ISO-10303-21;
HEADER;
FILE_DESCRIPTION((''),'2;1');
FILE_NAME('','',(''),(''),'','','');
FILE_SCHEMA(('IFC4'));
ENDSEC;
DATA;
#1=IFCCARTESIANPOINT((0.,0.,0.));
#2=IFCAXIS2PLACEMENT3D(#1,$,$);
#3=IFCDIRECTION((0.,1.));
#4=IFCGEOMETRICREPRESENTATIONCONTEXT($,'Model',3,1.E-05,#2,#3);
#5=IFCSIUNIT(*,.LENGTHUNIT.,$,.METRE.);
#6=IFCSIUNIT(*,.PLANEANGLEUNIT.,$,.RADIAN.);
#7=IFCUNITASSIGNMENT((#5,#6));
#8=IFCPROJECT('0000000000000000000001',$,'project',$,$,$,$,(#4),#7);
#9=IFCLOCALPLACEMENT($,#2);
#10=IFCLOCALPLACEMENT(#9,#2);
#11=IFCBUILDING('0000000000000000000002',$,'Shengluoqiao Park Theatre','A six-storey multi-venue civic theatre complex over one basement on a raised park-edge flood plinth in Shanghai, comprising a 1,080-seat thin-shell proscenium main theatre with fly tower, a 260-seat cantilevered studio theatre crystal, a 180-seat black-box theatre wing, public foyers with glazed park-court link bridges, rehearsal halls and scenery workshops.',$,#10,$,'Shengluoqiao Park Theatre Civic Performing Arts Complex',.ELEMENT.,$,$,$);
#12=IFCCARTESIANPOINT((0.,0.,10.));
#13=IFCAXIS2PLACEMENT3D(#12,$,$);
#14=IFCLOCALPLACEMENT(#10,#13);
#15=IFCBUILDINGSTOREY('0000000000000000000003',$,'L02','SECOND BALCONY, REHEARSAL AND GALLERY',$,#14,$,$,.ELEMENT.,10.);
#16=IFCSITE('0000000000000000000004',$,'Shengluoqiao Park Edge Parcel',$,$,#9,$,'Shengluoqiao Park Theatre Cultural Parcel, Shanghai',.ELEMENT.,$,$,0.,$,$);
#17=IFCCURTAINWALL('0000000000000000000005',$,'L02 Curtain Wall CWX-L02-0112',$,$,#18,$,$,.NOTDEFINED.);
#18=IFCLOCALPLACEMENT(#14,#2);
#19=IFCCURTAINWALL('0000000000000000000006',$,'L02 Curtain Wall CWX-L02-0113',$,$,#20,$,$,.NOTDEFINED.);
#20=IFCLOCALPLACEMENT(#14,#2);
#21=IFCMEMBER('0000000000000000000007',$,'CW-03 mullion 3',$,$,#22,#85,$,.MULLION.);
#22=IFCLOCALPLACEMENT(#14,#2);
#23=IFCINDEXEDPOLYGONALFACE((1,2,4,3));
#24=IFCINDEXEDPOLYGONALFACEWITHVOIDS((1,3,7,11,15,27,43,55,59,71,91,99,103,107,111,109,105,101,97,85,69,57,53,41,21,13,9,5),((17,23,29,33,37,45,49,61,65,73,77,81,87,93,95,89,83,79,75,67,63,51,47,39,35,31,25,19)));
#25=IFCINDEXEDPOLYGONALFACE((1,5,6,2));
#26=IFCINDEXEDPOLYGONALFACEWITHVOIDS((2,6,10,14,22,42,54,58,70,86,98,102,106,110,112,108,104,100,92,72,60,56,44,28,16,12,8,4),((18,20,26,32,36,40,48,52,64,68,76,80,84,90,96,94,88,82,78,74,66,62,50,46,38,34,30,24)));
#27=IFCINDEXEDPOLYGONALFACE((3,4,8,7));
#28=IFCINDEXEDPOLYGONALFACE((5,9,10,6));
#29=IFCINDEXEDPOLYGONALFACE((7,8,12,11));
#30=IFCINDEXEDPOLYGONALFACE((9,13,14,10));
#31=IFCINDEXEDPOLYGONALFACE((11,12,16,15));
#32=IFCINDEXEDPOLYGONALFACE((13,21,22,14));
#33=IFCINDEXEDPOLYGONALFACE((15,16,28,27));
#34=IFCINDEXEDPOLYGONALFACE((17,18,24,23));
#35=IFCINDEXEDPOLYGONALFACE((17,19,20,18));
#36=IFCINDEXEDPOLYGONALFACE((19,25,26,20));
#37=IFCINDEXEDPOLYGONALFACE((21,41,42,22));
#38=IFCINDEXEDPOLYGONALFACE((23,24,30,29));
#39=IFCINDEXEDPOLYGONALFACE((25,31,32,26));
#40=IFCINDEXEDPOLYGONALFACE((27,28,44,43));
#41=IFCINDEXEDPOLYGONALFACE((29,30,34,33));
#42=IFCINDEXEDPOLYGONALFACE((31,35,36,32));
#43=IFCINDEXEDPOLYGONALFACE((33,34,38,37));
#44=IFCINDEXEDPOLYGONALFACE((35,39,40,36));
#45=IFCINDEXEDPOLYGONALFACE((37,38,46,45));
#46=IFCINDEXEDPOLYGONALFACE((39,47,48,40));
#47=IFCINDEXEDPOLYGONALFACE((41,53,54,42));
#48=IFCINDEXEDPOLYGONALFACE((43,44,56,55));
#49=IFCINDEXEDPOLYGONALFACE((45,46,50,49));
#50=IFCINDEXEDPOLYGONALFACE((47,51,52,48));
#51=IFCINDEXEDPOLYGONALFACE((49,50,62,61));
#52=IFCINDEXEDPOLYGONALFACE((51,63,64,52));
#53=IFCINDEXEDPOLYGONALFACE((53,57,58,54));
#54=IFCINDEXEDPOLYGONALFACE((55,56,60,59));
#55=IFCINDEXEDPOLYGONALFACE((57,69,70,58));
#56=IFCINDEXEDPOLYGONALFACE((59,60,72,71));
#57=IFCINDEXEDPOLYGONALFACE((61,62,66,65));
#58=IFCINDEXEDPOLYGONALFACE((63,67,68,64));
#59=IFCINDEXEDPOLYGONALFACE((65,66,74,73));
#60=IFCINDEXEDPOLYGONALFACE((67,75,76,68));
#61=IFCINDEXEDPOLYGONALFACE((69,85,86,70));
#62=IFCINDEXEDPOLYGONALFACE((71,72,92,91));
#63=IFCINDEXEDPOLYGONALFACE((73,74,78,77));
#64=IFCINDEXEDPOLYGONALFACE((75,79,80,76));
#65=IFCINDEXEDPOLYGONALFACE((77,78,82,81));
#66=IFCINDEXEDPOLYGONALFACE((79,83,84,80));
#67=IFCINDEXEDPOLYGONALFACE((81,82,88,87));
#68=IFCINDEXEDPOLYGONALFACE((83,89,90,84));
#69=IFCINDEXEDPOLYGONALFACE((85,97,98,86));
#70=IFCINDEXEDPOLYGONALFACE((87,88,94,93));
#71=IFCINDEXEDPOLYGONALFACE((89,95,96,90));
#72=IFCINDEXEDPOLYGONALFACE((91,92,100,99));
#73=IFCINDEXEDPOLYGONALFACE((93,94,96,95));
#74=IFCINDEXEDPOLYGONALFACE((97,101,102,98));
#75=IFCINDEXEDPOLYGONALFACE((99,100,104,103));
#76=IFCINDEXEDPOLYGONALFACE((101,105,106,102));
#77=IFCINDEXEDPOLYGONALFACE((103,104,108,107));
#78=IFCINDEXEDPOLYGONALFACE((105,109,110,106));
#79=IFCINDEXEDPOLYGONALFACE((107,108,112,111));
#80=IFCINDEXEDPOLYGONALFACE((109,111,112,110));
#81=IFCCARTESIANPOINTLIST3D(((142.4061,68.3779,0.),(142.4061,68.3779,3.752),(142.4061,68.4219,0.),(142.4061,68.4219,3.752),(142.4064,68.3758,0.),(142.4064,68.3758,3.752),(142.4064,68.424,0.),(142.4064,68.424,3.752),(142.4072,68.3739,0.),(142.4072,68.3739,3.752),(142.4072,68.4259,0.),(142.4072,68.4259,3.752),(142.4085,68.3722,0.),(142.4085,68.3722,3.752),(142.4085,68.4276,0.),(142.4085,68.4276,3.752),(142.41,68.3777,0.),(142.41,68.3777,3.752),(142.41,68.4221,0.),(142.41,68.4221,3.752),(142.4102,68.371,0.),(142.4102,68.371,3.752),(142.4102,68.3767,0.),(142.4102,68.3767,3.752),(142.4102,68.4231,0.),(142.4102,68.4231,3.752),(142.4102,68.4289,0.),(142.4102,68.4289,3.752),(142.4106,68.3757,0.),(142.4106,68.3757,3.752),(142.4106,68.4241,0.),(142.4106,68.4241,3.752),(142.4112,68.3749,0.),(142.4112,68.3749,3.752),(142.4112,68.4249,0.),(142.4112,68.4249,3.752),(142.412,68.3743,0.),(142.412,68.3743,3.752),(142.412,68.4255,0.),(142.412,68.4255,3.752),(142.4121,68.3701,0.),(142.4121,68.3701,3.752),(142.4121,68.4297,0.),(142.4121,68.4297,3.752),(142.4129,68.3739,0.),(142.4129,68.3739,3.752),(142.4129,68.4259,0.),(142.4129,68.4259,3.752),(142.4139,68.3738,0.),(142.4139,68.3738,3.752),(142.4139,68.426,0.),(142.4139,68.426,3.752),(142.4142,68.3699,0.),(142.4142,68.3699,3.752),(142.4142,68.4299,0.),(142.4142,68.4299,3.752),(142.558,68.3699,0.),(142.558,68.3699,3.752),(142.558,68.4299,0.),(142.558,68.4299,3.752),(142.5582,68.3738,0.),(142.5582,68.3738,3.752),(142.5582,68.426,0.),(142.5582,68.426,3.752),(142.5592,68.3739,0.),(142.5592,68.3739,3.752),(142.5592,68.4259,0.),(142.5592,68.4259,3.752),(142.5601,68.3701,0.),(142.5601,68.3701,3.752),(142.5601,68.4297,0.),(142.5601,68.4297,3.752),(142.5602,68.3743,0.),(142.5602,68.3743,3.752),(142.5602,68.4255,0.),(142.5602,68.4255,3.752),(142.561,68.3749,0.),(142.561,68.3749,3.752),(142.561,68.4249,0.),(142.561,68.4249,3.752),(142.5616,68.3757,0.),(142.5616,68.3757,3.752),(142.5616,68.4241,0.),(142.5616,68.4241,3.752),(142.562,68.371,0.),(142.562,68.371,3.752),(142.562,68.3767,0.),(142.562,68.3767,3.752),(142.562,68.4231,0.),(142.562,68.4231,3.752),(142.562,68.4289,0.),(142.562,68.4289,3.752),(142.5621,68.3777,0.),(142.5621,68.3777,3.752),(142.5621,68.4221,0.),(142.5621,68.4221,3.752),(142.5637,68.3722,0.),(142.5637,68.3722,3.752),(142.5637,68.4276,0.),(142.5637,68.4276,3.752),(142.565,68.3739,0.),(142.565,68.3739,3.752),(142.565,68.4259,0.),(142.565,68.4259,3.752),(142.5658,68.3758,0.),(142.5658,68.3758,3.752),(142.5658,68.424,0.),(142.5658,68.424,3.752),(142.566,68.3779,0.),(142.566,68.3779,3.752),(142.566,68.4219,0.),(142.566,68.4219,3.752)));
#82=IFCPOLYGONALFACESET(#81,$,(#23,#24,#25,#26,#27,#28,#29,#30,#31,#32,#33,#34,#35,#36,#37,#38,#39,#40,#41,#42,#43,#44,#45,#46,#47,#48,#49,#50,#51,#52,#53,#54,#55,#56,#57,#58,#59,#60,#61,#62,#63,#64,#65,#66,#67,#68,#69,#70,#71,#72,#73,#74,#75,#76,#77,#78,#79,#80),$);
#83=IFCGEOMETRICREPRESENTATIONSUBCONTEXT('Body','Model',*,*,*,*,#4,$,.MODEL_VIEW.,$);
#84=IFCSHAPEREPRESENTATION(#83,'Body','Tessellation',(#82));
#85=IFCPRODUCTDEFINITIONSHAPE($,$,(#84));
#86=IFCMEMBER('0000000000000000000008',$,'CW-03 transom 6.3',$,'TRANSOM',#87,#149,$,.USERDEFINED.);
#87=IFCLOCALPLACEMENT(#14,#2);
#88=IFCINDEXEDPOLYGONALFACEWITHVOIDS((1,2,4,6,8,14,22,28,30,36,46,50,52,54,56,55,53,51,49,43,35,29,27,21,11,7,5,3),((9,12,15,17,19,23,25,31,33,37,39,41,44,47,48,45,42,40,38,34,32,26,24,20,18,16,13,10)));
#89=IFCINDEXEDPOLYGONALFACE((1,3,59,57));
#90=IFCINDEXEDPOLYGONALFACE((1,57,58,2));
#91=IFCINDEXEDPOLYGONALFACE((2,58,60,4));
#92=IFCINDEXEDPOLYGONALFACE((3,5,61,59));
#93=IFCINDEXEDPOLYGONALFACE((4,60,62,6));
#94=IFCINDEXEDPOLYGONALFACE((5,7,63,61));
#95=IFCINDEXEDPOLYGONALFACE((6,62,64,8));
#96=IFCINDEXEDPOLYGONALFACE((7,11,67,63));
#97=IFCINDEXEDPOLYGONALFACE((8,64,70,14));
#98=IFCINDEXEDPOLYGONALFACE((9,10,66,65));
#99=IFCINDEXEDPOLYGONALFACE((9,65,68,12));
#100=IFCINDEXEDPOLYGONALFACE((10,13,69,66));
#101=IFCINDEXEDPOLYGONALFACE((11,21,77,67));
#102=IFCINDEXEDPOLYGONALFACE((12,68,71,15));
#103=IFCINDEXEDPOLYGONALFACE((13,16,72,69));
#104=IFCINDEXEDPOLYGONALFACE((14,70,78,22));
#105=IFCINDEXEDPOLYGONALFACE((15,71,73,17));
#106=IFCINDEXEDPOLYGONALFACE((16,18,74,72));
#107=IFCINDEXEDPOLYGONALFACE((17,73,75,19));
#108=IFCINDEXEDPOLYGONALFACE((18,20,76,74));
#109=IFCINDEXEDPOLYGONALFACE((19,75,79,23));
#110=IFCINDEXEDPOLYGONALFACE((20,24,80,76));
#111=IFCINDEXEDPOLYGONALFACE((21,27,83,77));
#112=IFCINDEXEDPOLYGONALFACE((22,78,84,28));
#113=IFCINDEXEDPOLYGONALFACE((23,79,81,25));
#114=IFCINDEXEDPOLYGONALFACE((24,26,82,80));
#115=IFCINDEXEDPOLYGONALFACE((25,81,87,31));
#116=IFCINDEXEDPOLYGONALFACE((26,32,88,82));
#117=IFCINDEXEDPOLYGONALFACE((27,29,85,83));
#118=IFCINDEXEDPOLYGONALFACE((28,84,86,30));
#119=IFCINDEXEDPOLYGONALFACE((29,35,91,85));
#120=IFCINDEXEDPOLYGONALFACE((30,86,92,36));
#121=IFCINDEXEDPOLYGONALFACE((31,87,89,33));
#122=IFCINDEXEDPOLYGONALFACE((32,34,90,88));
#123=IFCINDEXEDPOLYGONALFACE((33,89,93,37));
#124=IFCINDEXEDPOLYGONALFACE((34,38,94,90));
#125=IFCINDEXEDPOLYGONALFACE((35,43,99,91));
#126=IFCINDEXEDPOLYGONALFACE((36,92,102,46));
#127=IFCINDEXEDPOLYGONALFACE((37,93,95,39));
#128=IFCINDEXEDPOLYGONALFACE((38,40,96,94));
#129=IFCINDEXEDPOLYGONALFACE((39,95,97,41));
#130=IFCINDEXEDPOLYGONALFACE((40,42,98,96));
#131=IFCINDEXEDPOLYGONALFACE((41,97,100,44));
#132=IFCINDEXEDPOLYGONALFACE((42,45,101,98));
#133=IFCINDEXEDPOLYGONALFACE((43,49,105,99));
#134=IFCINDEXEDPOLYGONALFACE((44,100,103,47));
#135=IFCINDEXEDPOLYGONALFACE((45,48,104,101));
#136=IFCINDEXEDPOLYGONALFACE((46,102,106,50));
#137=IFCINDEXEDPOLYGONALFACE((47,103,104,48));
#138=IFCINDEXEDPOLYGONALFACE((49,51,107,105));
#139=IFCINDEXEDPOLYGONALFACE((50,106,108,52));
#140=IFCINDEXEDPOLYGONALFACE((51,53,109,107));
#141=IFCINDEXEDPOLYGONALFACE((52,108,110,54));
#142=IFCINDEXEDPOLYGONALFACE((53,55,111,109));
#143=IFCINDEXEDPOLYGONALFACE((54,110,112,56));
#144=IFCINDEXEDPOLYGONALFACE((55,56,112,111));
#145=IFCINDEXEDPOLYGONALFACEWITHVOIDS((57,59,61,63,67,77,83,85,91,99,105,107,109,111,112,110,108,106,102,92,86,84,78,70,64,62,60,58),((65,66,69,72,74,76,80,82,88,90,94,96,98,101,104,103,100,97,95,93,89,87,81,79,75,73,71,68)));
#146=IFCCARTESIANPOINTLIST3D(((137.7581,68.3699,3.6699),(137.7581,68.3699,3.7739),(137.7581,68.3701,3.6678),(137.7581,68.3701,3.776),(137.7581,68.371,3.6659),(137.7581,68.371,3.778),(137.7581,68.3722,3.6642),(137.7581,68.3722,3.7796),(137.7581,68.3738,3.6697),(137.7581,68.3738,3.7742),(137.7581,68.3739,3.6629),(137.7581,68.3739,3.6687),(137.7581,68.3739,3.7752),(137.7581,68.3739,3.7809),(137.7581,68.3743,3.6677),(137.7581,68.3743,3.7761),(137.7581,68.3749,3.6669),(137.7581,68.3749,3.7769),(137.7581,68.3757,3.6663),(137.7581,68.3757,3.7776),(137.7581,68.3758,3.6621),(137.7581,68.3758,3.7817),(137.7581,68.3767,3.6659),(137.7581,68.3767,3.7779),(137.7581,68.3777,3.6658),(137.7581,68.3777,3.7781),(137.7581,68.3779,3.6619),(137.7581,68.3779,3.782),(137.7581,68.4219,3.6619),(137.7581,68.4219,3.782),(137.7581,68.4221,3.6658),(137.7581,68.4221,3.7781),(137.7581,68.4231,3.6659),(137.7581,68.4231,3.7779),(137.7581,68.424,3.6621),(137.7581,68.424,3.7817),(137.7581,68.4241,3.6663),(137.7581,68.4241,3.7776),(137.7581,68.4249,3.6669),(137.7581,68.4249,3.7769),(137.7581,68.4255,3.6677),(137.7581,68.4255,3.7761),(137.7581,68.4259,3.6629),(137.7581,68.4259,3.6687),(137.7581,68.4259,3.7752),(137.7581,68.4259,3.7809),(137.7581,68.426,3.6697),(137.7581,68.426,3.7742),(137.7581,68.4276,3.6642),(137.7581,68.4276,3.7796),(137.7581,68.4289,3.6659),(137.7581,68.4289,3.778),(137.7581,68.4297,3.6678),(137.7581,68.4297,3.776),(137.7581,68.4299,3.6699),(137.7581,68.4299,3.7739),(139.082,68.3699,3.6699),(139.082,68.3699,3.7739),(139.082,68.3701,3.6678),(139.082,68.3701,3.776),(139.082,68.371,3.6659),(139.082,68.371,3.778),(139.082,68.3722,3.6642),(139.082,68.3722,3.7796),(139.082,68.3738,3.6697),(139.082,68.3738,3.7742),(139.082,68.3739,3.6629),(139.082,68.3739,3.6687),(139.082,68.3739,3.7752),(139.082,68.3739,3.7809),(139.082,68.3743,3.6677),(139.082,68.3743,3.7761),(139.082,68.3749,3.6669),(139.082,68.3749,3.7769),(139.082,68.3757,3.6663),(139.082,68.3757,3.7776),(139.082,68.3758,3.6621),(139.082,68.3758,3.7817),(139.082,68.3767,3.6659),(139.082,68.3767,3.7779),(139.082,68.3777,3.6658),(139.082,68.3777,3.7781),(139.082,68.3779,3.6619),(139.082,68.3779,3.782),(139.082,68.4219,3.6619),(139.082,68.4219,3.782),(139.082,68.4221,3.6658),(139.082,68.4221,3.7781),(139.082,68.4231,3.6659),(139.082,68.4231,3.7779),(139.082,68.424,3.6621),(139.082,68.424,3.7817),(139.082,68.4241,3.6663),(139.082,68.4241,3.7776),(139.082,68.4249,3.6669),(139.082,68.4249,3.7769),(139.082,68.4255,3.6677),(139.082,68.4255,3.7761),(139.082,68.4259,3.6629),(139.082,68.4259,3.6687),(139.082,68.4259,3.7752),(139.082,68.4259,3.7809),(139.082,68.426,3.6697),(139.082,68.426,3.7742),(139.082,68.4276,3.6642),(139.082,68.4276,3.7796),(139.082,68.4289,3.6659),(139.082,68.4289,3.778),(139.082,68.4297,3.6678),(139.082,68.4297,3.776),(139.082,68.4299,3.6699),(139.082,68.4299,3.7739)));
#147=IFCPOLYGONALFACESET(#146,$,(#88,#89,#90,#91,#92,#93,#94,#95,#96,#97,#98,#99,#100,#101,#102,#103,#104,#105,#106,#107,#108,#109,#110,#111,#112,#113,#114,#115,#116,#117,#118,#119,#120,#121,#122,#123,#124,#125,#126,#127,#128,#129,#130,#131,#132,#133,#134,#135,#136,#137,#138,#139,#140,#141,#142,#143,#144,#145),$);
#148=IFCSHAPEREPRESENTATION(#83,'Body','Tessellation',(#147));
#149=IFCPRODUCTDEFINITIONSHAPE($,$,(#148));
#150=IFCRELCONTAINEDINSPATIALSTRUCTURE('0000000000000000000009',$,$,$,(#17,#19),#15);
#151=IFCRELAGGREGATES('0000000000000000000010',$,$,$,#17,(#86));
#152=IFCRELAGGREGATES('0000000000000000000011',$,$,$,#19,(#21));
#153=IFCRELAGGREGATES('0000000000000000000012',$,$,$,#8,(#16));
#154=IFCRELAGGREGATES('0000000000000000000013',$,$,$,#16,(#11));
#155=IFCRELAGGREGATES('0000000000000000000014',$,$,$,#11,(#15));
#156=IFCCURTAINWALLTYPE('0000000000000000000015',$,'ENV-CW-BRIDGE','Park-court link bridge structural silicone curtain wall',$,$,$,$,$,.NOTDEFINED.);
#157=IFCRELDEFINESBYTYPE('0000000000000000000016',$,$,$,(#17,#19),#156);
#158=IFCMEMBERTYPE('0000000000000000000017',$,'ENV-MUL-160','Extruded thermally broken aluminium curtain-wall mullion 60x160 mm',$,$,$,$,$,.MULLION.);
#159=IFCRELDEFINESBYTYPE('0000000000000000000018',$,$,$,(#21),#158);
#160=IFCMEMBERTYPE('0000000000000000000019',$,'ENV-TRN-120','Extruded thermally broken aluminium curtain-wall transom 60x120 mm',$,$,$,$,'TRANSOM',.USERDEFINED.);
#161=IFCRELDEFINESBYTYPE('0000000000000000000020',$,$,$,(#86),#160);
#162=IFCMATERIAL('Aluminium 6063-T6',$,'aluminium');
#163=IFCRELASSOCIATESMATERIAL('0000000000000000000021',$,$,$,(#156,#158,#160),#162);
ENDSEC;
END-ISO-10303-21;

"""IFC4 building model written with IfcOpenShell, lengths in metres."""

from ifc_helpers import new_model, si_unit, direction, frame, origin, origin_2d, place, context, subcontext, project, spatial, hollow_rectangle, extrude, material, material_profile, profile_set, type_object, element, aggregate, save


model = new_model("IFC4")

# Units and contexts
model_context = context("Model", 3, precision=1e-05, world=origin(), true_north=direction((0.0, 1.0)))
body_context = subcontext(model_context, "Body", "Model", "MODEL_VIEW")
ifc_project = project(units=[si_unit("LENGTHUNIT", "METRE"), si_unit("PLANEANGLEUNIT", "RADIAN")], contexts=[model_context])

# Site, building, storey
site_placement = place(None, origin())
site = spatial("IfcSite", under=ifc_project, at=site_placement, Name="Shengluoqiao Park Edge Parcel", LongName="Shengluoqiao Park Theatre Cultural Parcel, Shanghai", CompositionType="ELEMENT", RefElevation=0.0)
building_placement = place(site_placement, origin())
building = spatial("IfcBuilding", under=site, at=building_placement, Name="Shengluoqiao Park Theatre", Description="A six-storey multi-venue civic theatre complex over one basement on a raised park-edge flood plinth in Shanghai, comprising a 1,080-seat thin-shell proscenium main theatre with fly tower, a 260-seat cantilevered studio theatre crystal, a 180-seat black-box theatre wing, public foyers with glazed park-court link bridges, rehearsal halls and scenery workshops.", LongName="Shengluoqiao Park Theatre Civic Performing Arts Complex", CompositionType="ELEMENT")
storey_placement = place(building_placement, frame((0.0, 0.0, 10.0)))
storey = spatial("IfcBuildingStorey", under=building, at=storey_placement, Name="L02", Description="SECOND BALCONY, REHEARSAL AND GALLERY", CompositionType="ELEMENT", Elevation=10.0)

# Curtain wall
ifc_material_1 = material(Name="Aluminium 6063-T6", Category="aluminium")
curtain_wall_type = type_object("IfcCurtainWallType", Name="ENV-CW-BRIDGE", Description="Park-court link bridge structural silicone curtain wall", PredefinedType="NOTDEFINED", material=ifc_material_1)
curtain_wall_1_placement = place(storey_placement, origin())
curtain_wall_1 = element("IfcCurtainWall", 1, at=curtain_wall_1_placement, inside=storey, type_object=curtain_wall_type, Name="L02 Curtain Wall CWX-L02-0112", PredefinedType="NOTDEFINED")
ifc_material_profile_1 = material_profile(ifc_material_1, hollow_rectangle(XDim=0.0601, YDim=0.1599, WallThickness=0.0039, InnerFilletRadius=0.0039, OuterFilletRadius=0.0081, at=origin_2d()), Name="ALU MULLION 160x60x4")
ifc_profile_set_1 = profile_set([ifc_material_profile_1], Name="Aluminium 6063-T6")
member_type_1 = type_object("IfcMemberType", Name="ENV-MUL-160", Description="Extruded thermally broken aluminium curtain-wall mullion 60x160 mm", PredefinedType="MULLION", material=ifc_profile_set_1)

# Curtain wall, member
curtain_wall_2_placement = place(storey_placement, origin())
curtain_wall_2 = element("IfcCurtainWall", 2, at=curtain_wall_2_placement, inside=storey, type_object=curtain_wall_type, Name="L02 Curtain Wall CWX-L02-0113", PredefinedType="NOTDEFINED")
member_1_placement = place(storey_placement, frame((142.4861, 68.3999, 0.0), z_axis=(0.0, 0.0, 1.0), x_axis=(0.0, 1.0, 0.0)))
member_1 = element("IfcMember", 3, at=member_1_placement, type_object=member_type_1, Name="CW-03 mullion 3", PredefinedType="MULLION", context=body_context, shape_type="SweptSolid", body=[
    extrude(hollow_rectangle(XDim=0.0601, YDim=0.1599, WallThickness=0.0039, InnerFilletRadius=0.0039, OuterFilletRadius=0.0081, at=origin_2d()), origin(), (0.0, 0.0, 1.0), 3.752),
])

# Member
ifc_material_profile_2 = material_profile(ifc_material_1, hollow_rectangle(XDim=0.0601, YDim=0.1201, WallThickness=0.0039, InnerFilletRadius=0.0039, OuterFilletRadius=0.0081, at=origin_2d()), Name="ALU TRANSOM 120x60x4")
ifc_profile_set_2 = profile_set([ifc_material_profile_2], Name="Aluminium 6063-T6")
member_type_2 = type_object("IfcMemberType", Name="ENV-TRN-120", Description="Extruded thermally broken aluminium curtain-wall transom 60x120 mm", ElementType="TRANSOM", PredefinedType="USERDEFINED", material=ifc_profile_set_2)
member_2_placement = place(storey_placement, frame((137.7581, 68.3999, 3.7219), z_axis=(1.0, 0.0, 0.0), x_axis=(0.0, 1.0, 0.0)))
member_2 = element("IfcMember", 4, at=member_2_placement, type_object=member_type_2, Name="CW-03 transom 6.3", ObjectType="TRANSOM", PredefinedType="USERDEFINED", context=body_context, shape_type="SweptSolid", body=[
    extrude(hollow_rectangle(XDim=0.0601, YDim=0.1201, WallThickness=0.0039, InnerFilletRadius=0.0039, OuterFilletRadius=0.0081, at=origin_2d()), origin(), (0.0, 0.0, 1.0), 1.324),
])

aggregate(curtain_wall_1, [member_2])
aggregate(curtain_wall_2, [member_1])

save(model, "model.ifc")
